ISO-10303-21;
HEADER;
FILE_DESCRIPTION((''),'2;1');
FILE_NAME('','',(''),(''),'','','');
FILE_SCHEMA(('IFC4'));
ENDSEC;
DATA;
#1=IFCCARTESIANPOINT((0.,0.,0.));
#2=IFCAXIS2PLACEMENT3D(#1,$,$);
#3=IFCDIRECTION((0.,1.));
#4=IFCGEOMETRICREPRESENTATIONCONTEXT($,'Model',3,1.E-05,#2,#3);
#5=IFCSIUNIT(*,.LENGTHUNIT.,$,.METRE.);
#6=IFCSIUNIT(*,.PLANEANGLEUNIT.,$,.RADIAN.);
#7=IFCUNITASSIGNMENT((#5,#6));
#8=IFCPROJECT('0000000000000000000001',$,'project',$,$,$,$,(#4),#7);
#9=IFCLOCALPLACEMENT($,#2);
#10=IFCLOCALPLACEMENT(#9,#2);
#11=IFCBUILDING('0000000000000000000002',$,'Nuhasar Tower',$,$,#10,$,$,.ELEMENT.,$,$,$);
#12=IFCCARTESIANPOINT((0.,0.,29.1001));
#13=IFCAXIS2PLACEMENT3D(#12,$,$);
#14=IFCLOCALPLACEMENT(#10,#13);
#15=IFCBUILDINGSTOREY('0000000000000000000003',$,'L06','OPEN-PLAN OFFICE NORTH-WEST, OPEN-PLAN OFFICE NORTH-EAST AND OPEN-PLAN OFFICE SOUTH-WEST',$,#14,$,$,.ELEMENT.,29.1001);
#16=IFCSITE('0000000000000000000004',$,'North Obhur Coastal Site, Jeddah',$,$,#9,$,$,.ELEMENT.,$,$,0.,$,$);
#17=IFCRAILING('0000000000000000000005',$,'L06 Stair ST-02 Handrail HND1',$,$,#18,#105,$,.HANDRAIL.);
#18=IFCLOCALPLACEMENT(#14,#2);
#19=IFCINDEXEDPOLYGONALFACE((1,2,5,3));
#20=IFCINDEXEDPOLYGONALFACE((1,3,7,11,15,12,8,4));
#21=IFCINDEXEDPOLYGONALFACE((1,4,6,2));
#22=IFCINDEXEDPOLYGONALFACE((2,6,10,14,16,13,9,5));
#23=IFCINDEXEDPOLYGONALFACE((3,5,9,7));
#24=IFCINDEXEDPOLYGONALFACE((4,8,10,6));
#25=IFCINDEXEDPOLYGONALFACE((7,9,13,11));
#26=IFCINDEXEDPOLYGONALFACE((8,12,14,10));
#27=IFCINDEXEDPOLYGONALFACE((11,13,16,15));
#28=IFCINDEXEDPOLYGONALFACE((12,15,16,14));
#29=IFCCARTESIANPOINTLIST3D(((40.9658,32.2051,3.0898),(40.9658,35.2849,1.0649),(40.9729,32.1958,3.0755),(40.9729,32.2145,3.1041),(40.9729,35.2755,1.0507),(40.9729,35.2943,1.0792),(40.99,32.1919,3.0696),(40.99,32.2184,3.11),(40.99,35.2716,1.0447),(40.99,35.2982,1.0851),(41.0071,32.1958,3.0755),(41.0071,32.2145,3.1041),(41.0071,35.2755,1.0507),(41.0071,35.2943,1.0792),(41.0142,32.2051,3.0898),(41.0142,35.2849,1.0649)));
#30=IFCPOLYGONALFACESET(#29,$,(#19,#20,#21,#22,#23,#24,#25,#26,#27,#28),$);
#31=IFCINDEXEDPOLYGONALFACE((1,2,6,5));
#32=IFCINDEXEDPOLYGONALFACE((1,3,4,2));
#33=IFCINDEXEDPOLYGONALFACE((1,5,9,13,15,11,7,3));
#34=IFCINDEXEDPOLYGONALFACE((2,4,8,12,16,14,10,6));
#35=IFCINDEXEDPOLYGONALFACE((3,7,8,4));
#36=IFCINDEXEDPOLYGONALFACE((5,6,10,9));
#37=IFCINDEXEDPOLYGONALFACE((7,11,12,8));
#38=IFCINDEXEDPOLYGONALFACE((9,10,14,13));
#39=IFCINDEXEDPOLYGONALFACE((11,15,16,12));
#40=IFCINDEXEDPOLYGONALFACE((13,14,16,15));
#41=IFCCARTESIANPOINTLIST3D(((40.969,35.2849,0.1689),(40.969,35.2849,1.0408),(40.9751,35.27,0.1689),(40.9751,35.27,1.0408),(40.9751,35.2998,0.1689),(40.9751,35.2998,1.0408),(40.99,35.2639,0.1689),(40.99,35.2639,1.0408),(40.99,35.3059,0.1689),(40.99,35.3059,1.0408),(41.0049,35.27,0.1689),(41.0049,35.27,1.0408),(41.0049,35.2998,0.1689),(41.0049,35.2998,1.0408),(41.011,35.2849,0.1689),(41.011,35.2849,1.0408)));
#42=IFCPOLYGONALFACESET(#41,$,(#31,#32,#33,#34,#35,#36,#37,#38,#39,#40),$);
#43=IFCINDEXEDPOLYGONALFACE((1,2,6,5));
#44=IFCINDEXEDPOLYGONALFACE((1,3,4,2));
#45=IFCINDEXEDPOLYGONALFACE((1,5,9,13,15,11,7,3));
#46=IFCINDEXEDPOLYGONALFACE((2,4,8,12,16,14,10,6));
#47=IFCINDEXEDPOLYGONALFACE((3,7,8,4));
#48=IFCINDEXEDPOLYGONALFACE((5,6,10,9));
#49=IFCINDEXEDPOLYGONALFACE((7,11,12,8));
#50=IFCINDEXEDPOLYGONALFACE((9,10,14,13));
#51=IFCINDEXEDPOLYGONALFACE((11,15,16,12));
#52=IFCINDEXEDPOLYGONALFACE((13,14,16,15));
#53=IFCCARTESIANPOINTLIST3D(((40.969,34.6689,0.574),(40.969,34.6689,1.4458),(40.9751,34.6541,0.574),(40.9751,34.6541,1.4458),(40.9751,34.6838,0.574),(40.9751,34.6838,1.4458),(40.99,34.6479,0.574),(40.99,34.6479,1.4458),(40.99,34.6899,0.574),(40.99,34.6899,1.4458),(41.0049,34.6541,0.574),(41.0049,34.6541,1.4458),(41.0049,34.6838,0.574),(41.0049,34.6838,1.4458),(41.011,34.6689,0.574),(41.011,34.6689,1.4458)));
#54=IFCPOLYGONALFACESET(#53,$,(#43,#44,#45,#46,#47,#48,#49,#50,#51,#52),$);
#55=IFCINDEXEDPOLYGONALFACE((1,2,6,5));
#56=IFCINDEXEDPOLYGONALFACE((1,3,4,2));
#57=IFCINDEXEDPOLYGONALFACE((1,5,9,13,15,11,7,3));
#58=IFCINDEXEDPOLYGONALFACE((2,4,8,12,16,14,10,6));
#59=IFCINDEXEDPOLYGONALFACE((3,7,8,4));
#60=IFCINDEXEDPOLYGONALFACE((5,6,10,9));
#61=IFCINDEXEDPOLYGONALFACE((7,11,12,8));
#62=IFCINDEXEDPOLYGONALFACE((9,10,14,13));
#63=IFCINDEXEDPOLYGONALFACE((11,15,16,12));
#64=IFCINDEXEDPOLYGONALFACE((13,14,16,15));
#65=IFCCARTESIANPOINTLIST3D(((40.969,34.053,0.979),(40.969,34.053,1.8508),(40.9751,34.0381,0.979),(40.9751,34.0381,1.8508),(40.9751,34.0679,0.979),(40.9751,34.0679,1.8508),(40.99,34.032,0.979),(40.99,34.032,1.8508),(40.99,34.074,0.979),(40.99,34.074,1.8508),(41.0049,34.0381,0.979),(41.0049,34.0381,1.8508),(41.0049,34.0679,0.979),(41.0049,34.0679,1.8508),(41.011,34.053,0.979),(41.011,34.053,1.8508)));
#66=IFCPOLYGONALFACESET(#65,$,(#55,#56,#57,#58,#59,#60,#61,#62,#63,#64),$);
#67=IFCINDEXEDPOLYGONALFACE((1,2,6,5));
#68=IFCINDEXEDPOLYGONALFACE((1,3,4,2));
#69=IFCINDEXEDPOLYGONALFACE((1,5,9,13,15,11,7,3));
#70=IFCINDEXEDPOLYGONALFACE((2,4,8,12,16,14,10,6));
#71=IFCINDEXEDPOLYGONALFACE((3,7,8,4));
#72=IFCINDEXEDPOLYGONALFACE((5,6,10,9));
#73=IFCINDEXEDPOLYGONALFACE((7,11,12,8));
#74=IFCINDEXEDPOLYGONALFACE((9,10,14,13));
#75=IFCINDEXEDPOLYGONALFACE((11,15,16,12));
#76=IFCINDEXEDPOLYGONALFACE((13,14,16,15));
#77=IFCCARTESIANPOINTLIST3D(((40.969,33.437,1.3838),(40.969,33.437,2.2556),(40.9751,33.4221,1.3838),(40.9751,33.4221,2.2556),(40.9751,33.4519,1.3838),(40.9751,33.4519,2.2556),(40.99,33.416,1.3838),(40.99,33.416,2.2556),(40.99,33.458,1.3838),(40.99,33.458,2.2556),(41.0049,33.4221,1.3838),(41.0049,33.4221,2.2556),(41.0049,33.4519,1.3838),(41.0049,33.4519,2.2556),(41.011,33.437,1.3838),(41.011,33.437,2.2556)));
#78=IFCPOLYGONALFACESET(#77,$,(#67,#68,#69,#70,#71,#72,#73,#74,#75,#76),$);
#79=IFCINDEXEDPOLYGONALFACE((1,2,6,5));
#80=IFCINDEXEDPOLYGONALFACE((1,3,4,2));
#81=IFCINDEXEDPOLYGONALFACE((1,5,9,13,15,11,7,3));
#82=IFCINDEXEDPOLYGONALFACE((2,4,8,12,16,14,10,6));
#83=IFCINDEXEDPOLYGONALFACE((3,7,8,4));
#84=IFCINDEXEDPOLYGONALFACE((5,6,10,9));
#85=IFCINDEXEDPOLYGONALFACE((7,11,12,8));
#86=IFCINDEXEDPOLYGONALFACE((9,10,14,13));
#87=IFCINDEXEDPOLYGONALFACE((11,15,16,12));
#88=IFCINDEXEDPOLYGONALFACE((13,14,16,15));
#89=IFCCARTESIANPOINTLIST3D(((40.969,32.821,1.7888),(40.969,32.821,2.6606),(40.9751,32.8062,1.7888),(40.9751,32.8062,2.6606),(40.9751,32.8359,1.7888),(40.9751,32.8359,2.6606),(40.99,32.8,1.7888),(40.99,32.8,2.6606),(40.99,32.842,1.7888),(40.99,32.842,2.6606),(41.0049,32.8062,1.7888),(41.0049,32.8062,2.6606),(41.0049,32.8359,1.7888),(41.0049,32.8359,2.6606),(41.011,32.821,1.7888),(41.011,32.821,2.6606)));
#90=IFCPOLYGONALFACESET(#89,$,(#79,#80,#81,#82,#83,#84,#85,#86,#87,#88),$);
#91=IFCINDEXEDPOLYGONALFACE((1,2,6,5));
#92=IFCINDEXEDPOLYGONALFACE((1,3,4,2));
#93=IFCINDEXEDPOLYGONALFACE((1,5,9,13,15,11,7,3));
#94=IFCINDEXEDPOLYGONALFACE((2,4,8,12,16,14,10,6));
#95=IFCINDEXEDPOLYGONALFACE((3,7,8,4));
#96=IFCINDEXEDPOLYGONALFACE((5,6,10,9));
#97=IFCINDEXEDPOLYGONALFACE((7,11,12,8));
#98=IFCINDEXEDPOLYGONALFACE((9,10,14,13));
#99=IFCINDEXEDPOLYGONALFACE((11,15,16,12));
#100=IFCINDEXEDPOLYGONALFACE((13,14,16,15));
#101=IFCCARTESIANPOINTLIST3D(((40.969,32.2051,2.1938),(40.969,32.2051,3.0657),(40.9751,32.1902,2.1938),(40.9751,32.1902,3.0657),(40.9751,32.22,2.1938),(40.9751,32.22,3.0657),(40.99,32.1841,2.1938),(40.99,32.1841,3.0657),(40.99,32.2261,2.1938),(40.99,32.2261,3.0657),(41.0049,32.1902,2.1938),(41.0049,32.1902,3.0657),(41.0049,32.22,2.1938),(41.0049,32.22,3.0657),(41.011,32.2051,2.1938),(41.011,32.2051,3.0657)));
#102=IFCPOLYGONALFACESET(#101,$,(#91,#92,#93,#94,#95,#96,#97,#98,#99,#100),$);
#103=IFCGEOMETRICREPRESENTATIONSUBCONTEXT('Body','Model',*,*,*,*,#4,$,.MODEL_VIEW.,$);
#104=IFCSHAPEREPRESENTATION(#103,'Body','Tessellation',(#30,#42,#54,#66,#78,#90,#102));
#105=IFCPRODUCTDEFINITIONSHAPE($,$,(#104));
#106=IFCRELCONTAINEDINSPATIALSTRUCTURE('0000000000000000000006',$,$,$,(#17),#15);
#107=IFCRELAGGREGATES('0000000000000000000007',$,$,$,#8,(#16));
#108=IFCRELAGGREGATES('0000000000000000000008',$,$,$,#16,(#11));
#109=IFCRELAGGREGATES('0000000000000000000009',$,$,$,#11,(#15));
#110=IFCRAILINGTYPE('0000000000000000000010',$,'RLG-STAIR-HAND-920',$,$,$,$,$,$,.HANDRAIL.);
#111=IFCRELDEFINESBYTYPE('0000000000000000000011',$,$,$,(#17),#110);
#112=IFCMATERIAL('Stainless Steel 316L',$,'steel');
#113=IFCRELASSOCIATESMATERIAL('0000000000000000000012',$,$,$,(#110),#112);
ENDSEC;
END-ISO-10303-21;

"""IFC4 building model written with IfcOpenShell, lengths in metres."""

from ifc_helpers import new_model, si_unit, direction, frame, origin, place, context, subcontext, project, spatial, polyline, outline, extrude, material, type_object, element, save


model = new_model("IFC4")

# Units and contexts
model_context = context("Model", 3, precision=1e-05, world=origin(), true_north=direction((0.0, 1.0)))
body_context = subcontext(model_context, "Body", "Model", "MODEL_VIEW")
ifc_project = project(units=[si_unit("LENGTHUNIT", "METRE"), si_unit("PLANEANGLEUNIT", "RADIAN")], contexts=[model_context])

# Site, building, storey
site_placement = place(None, origin())
site = spatial("IfcSite", under=ifc_project, at=site_placement, Name="North Obhur Coastal Site, Jeddah", CompositionType="ELEMENT", RefElevation=0.0)
building_placement = place(site_placement, origin())
building = spatial("IfcBuilding", under=site, at=building_placement, Name="Nuhasar Tower", CompositionType="ELEMENT")
storey_placement = place(building_placement, frame((0.0, 0.0, 29.1001)))
storey = spatial("IfcBuildingStorey", under=building, at=storey_placement, Name="L06", Description="OPEN-PLAN OFFICE NORTH-WEST, OPEN-PLAN OFFICE NORTH-EAST AND OPEN-PLAN OFFICE SOUTH-WEST", CompositionType="ELEMENT", Elevation=29.1001)

# Railing
ifc_material_1 = material(Name="Stainless Steel 316L", Category="steel")
railing_type_1 = type_object("IfcRailingType", Name="RLG-STAIR-HAND-920", PredefinedType="HANDRAIL", material=ifc_material_1)
railing_1_placement = place(storey_placement, frame((40.99, 35.2849, 0.1689)))
element("IfcRailing", 1, at=railing_1_placement, inside=storey, type_object=railing_type_1, Name="L06 Stair ST-02 Handrail HND1", PredefinedType="HANDRAIL", context=body_context, shape_type="SweptSolid", body=[
    extrude(outline(polyline([(0.0242, 0.0), (0.0171, 0.0171), (0.0, 0.0242), (-0.0171, 0.0171), (-0.0242, 0.0), (-0.0171, -0.0171), (0.0, -0.0242), (0.0171, -0.0171), (0.0242, 0.0)])), frame((0.0, 0.0, 0.896), z_axis=(0.0, -0.83558, 0.54937), x_axis=(1.0, 0.0, 0.0)), (0.0, 0.0, 1.0), 3.6858),
    extrude(outline(polyline([(0.021, 0.0), (0.0149, 0.0149), (0.0, 0.021), (-0.0149, 0.0149), (-0.021, 0.0), (-0.0149, -0.0149), (0.0, -0.021), (0.0149, -0.0149), (0.021, 0.0)])), origin(), (0.0, 0.0, 1.0), 0.8718),
    extrude(outline(polyline([(0.021, 0.0), (0.0149, 0.0149), (0.0, 0.021), (-0.0149, 0.0149), (-0.021, 0.0), (-0.0149, -0.0149), (0.0, -0.021), (0.0149, -0.0149), (0.021, 0.0)])), frame((0.0, -0.616, 0.405)), (0.0, 0.0, 1.0), 0.8718),
    extrude(outline(polyline([(0.021, 0.0), (0.0149, 0.0149), (0.0, 0.021), (-0.0149, 0.0149), (-0.021, 0.0), (-0.0149, -0.0149), (0.0, -0.021), (0.0149, -0.0149), (0.021, 0.0)])), frame((0.0, -1.2319, 0.8101)), (0.0, 0.0, 1.0), 0.8718),
    extrude(outline(polyline([(0.021, 0.0), (0.0149, 0.0149), (0.0, 0.021), (-0.0149, 0.0149), (-0.021, 0.0), (-0.0149, -0.0149), (0.0, -0.021), (0.0149, -0.0149), (0.021, 0.0)])), frame((0.0, -1.8479, 1.2148)), (0.0, 0.0, 1.0), 0.8718),
    extrude(outline(polyline([(0.021, 0.0), (0.0149, 0.0149), (0.0, 0.021), (-0.0149, 0.0149), (-0.021, 0.0), (-0.0149, -0.0149), (0.0, -0.021), (0.0149, -0.0149), (0.021, 0.0)])), frame((0.0, -2.4639, 1.6199)), (0.0, 0.0, 1.0), 0.8718),
    extrude(outline(polyline([(0.021, 0.0), (0.0149, 0.0149), (0.0, 0.021), (-0.0149, 0.0149), (-0.021, 0.0), (-0.0149, -0.0149), (0.0, -0.021), (0.0149, -0.0149), (0.021, 0.0)])), frame((0.0, -3.0798, 2.0249)), (0.0, 0.0, 1.0), 0.8718),
])

save(model, "model.ifc")
